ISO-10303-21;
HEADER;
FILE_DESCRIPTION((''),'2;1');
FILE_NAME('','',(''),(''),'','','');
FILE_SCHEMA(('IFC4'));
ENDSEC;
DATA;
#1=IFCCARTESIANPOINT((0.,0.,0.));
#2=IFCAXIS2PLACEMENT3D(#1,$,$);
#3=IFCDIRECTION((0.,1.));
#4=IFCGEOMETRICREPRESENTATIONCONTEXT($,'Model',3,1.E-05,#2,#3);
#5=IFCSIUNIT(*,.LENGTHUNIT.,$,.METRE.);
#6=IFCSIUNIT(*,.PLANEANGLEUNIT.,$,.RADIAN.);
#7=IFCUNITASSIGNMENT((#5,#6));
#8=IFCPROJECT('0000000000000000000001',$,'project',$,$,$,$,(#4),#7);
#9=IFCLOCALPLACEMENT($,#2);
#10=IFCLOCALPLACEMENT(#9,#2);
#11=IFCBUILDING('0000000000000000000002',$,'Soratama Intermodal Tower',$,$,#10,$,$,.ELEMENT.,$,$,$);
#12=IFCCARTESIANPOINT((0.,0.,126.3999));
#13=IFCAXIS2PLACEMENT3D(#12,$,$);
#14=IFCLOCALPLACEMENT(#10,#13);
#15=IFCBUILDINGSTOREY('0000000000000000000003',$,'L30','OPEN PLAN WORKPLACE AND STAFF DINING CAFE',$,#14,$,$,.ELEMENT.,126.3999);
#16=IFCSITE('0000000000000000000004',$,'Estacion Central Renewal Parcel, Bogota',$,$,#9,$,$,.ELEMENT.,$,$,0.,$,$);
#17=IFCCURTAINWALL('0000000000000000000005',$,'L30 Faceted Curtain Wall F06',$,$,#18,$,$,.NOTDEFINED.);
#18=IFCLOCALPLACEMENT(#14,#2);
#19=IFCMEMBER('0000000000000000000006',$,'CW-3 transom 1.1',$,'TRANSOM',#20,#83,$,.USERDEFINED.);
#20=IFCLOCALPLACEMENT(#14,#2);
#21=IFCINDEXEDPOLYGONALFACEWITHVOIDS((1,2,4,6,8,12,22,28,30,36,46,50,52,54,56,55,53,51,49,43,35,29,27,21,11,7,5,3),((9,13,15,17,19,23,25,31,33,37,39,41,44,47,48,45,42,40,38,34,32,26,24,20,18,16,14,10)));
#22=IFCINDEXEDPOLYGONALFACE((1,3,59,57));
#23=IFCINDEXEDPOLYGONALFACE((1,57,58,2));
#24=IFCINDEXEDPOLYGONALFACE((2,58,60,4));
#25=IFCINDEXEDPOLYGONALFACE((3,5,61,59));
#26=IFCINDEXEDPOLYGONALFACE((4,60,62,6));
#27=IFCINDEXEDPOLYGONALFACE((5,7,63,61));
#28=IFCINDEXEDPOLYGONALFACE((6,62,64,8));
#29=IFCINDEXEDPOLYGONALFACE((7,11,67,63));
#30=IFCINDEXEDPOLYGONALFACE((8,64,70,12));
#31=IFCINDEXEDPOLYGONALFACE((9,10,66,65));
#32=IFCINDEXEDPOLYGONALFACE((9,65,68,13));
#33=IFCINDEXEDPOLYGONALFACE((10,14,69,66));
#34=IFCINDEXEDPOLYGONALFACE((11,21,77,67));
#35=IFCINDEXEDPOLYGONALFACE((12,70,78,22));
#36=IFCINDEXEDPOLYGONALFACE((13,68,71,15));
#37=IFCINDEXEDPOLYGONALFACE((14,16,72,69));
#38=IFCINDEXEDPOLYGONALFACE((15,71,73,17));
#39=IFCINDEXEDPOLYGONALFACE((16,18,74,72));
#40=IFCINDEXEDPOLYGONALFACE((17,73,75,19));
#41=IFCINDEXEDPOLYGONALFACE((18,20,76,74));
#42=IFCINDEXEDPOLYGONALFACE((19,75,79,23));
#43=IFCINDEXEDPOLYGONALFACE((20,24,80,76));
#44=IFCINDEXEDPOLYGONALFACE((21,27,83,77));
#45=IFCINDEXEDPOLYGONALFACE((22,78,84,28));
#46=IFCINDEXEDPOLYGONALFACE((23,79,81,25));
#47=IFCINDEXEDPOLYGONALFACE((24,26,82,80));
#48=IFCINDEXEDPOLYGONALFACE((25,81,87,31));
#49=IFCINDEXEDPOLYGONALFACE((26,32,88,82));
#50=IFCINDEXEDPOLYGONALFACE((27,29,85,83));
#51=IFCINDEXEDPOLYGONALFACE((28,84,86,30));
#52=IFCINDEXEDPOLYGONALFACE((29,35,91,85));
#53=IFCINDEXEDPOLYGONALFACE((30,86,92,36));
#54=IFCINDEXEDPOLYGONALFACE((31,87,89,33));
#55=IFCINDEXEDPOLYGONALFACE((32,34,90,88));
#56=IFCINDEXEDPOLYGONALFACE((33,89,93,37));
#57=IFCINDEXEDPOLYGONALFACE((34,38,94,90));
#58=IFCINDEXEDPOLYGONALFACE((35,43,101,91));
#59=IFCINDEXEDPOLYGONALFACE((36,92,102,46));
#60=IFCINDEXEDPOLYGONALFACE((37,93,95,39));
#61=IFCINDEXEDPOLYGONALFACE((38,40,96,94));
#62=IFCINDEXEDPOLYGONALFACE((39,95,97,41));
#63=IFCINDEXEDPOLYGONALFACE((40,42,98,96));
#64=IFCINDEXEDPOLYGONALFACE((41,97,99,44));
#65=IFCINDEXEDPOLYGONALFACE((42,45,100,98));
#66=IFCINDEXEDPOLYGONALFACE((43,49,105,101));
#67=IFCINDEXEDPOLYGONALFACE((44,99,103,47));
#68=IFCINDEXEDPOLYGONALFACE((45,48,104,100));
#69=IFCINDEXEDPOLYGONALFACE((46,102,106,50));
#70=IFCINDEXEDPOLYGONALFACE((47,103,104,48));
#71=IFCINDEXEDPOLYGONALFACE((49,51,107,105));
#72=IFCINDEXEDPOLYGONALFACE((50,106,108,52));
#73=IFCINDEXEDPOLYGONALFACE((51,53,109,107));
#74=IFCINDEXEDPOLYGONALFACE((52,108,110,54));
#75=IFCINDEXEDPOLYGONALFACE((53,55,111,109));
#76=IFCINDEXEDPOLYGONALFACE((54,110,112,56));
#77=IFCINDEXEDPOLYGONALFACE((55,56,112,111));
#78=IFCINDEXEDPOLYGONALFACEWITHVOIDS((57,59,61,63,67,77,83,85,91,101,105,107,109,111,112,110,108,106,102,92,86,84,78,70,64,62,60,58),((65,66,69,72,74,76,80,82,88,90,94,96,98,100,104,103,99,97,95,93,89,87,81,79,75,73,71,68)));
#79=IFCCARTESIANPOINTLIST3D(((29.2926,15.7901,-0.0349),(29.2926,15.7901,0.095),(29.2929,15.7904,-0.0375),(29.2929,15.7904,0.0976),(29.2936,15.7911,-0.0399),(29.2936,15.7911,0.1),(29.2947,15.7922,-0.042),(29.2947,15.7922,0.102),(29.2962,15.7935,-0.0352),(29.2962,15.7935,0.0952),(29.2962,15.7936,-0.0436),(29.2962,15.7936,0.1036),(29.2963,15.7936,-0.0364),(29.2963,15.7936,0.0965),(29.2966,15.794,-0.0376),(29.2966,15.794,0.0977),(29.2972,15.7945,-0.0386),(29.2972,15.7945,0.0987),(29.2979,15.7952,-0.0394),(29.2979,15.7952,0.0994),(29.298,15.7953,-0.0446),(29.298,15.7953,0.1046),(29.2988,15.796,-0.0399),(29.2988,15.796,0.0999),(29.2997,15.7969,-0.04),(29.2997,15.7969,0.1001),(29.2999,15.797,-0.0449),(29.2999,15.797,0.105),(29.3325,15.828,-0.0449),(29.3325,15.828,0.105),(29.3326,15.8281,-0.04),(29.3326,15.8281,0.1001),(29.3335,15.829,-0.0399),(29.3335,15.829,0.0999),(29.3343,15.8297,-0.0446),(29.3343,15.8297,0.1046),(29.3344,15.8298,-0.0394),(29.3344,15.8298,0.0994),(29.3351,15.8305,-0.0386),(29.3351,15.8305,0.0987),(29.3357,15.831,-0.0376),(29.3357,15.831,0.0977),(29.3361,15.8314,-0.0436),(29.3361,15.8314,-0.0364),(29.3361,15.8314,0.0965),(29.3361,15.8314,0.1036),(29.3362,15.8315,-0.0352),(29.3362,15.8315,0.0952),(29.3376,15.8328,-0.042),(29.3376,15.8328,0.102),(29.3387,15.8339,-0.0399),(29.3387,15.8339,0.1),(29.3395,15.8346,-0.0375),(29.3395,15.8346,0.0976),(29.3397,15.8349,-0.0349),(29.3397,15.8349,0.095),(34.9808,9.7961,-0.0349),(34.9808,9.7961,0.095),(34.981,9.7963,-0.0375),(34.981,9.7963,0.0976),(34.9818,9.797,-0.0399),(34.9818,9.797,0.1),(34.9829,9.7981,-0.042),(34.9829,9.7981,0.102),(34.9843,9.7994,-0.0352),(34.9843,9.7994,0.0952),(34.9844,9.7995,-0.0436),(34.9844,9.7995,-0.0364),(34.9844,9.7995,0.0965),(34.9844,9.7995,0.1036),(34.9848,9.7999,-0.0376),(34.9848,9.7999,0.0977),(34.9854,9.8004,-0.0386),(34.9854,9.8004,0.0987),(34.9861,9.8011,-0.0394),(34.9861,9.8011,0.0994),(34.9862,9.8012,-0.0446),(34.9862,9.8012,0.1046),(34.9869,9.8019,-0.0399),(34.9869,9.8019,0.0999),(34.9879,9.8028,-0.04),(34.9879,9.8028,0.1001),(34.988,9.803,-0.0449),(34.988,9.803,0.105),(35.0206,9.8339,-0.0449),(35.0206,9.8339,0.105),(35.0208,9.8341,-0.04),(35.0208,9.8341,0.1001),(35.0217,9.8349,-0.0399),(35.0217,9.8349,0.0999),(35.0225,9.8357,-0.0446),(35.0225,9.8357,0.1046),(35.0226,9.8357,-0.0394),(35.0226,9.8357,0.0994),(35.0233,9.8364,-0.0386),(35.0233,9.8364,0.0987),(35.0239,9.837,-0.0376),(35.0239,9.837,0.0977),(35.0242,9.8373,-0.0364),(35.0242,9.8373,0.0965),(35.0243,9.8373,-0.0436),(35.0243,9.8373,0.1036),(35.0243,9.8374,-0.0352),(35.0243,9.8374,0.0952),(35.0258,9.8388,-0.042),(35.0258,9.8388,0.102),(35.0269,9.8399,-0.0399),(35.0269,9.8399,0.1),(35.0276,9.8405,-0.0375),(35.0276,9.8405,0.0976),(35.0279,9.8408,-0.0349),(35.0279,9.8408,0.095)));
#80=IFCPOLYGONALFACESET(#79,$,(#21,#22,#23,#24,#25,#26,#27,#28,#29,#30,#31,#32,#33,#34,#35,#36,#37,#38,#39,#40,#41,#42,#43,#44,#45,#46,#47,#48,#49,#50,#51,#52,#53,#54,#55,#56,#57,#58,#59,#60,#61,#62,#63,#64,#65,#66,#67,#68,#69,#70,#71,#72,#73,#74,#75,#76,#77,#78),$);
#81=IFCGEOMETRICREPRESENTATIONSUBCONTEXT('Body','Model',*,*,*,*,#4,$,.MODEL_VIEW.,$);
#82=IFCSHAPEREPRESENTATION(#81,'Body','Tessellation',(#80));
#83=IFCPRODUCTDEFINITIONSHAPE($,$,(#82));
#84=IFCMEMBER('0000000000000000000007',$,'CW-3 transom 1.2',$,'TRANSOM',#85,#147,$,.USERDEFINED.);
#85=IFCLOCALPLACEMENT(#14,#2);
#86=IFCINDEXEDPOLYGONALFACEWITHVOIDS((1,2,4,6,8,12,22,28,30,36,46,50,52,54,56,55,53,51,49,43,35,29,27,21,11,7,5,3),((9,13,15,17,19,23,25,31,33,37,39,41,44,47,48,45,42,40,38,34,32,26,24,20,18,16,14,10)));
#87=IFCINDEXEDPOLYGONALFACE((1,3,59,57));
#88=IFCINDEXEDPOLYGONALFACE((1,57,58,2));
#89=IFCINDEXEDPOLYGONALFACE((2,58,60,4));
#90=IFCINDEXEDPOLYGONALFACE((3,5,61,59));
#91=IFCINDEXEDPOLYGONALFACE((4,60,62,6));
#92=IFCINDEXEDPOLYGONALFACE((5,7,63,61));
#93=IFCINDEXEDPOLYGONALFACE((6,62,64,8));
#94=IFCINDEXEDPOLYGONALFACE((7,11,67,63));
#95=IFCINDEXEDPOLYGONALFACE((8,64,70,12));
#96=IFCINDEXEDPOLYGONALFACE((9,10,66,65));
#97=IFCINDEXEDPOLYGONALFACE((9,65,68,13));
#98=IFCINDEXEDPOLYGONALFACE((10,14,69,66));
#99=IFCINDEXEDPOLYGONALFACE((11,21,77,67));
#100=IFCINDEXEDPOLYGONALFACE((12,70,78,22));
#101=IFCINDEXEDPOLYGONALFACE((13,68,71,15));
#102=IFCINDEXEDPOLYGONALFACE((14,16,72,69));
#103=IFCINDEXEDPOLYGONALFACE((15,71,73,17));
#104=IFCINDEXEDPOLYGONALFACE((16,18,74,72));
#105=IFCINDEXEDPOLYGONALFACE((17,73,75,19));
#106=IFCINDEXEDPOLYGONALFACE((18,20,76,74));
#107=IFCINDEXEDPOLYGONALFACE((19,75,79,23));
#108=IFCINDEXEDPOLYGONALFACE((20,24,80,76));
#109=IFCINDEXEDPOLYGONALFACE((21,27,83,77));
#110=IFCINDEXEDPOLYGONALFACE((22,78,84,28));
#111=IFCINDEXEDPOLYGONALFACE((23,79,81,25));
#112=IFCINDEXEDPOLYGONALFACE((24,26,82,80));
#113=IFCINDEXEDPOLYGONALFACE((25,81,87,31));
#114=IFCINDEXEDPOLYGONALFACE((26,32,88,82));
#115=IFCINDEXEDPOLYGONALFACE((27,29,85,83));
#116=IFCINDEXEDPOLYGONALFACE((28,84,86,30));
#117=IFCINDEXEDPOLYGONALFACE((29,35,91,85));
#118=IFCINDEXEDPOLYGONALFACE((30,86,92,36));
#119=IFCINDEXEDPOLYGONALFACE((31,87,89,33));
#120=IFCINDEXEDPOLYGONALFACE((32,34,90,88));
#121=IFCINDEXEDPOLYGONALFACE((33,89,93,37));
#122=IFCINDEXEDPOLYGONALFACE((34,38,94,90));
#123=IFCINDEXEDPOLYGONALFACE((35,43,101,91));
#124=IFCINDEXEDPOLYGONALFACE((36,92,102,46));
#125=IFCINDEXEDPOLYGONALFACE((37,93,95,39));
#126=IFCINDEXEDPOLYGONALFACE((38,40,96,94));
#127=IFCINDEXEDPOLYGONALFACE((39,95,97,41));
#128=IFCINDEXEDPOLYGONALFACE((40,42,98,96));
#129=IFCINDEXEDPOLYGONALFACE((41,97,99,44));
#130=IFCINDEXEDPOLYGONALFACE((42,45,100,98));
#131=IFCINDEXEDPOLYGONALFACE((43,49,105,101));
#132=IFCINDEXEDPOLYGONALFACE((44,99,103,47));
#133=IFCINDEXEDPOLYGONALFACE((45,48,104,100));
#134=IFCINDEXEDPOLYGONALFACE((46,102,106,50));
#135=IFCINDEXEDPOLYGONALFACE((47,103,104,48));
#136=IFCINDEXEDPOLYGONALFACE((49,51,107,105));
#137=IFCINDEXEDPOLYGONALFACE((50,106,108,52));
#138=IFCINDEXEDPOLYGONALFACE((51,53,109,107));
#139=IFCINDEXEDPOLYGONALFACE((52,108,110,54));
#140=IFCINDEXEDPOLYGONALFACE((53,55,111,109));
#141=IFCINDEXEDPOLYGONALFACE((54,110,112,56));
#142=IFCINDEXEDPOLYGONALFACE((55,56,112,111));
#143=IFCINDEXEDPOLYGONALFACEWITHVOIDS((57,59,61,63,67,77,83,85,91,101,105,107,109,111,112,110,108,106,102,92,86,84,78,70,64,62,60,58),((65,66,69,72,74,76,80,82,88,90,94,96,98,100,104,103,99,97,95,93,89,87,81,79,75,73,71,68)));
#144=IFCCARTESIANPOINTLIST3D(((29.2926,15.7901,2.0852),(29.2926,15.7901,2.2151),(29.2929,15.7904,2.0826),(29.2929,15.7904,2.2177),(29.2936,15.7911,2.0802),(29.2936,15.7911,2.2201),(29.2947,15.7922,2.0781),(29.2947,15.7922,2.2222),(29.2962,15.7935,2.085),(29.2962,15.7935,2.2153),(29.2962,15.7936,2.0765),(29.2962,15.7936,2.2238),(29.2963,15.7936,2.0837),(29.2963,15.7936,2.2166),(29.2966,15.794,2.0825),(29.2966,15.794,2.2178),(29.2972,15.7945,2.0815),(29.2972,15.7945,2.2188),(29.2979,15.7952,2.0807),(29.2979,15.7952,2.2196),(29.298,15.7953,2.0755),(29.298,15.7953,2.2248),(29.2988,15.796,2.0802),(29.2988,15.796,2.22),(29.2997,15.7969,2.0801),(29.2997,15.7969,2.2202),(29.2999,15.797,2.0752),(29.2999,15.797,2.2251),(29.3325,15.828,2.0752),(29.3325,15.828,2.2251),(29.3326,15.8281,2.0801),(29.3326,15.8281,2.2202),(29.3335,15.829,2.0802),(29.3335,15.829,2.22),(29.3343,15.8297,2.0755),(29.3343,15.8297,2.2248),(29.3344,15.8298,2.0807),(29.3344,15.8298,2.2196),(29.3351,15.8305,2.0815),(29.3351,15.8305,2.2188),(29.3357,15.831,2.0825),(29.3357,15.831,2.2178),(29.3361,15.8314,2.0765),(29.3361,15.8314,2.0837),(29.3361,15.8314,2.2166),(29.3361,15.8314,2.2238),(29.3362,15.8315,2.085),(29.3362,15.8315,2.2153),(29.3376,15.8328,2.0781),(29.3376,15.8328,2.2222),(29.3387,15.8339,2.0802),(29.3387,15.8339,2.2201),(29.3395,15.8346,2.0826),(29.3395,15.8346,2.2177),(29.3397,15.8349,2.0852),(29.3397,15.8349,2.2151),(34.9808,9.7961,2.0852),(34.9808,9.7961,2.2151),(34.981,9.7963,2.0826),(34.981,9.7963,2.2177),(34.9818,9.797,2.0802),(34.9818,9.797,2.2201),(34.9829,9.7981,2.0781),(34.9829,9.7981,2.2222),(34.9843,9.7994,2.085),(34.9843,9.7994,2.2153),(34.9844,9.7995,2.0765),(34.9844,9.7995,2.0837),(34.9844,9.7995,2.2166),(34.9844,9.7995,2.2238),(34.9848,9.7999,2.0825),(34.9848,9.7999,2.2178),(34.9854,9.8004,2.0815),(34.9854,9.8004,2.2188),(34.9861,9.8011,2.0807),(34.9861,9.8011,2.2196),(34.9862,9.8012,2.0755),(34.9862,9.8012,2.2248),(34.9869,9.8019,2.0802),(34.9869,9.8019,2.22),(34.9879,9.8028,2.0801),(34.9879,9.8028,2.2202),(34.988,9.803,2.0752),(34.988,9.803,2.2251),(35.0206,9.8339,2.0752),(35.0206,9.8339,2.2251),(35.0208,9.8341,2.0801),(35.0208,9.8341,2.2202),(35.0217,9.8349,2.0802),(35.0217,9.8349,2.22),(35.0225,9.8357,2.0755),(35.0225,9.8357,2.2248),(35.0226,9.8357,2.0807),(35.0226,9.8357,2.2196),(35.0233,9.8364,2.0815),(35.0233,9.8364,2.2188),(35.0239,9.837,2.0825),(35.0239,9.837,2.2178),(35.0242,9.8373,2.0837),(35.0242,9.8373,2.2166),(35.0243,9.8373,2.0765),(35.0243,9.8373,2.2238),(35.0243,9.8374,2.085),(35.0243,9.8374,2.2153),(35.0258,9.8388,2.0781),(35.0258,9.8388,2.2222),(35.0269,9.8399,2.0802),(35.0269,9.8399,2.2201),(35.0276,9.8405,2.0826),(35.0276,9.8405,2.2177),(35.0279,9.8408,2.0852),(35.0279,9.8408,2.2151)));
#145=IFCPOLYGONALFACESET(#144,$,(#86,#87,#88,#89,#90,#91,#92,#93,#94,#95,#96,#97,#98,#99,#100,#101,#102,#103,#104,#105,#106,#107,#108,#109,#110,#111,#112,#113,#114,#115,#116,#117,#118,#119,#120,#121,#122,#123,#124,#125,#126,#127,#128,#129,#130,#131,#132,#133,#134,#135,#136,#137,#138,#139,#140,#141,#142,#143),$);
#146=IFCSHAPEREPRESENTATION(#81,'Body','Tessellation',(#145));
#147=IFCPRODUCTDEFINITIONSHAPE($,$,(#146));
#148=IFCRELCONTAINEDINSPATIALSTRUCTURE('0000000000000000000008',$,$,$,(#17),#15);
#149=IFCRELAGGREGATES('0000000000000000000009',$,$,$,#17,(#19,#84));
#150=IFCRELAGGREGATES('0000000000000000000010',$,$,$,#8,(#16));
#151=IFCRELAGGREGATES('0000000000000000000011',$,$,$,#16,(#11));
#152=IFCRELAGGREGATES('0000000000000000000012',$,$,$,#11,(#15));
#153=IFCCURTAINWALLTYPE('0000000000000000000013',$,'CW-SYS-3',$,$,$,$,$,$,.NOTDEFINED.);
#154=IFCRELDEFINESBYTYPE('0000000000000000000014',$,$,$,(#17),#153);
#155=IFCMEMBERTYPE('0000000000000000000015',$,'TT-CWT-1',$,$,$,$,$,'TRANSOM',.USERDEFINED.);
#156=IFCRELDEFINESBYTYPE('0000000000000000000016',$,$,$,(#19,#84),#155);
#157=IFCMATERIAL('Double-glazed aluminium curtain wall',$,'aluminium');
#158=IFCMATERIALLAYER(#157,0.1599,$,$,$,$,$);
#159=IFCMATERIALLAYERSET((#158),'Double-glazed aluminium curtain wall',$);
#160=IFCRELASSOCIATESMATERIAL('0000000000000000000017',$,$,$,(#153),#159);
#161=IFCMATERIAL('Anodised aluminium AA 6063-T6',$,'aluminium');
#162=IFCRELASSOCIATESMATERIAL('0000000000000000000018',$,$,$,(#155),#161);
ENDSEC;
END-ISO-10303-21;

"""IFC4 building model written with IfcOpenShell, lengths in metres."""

from ifc_helpers import new_model, si_unit, direction, frame, origin, origin_2d, place, context, subcontext, project, spatial, hollow_rectangle, extrude, material, layer, layer_set, material_profile, profile_set, type_object, element, aggregate, save


model = new_model("IFC4")

# Units and contexts
model_context = context("Model", 3, precision=1e-05, world=origin(), true_north=direction((0.0, 1.0)))
body_context = subcontext(model_context, "Body", "Model", "MODEL_VIEW")
ifc_project = project(units=[si_unit("LENGTHUNIT", "METRE"), si_unit("PLANEANGLEUNIT", "RADIAN")], contexts=[model_context])

# Site, building, storey
site_placement = place(None, origin())
site = spatial("IfcSite", under=ifc_project, at=site_placement, Name="Estacion Central Renewal Parcel, Bogota", CompositionType="ELEMENT", RefElevation=0.0)
building_placement = place(site_placement, origin())
building = spatial("IfcBuilding", under=site, at=building_placement, Name="Soratama Intermodal Tower", CompositionType="ELEMENT")
storey_placement = place(building_placement, frame((0.0, 0.0, 126.3999)))
storey = spatial("IfcBuildingStorey", under=building, at=storey_placement, Name="L30", Description="OPEN PLAN WORKPLACE AND STAFF DINING CAFE", CompositionType="ELEMENT", Elevation=126.3999)

# Curtain wall, members
ifc_material_1 = material(Name="Double-glazed aluminium curtain wall", Category="aluminium")
ifc_layer_1 = layer(ifc_material_1, 0.1599)
ifc_layer_set_1 = layer_set([ifc_layer_1], Name="Double-glazed aluminium curtain wall")
curtain_wall_type = type_object("IfcCurtainWallType", Name="CW-SYS-3", PredefinedType="NOTDEFINED", material=ifc_layer_set_1)
curtain_wall_placement = place(storey_placement, origin())
curtain_wall = element("IfcCurtainWall", 1, at=curtain_wall_placement, inside=storey, type_object=curtain_wall_type, Name="L30 Faceted Curtain Wall F06", PredefinedType="NOTDEFINED")
ifc_material_2 = material(Name="Anodised aluminium AA 6063-T6", Category="aluminium")
ifc_material_profile_1 = material_profile(ifc_material_2, hollow_rectangle(XDim=0.0649, YDim=0.1499, WallThickness=0.0049, InnerFilletRadius=0.0049, OuterFilletRadius=0.01, at=origin_2d()), Name="CWT150X65X5")
ifc_profile_set_1 = profile_set([ifc_material_profile_1], Name="Anodised aluminium AA 6063-T6")
member_type_1 = type_object("IfcMemberType", Name="TT-CWT-1", ElementType="TRANSOM", PredefinedType="USERDEFINED", material=ifc_profile_set_1)
member_1_placement = place(storey_placement, frame((29.3162, 15.8125, 0.03), z_axis=(0.688355, -0.725374, 0.0), x_axis=(0.725374, 0.688355, 0.0)))
member_1 = element("IfcMember", 2, at=member_1_placement, type_object=member_type_1, Name="CW-3 transom 1.1", ObjectType="TRANSOM", PredefinedType="USERDEFINED", context=body_context, shape_type="SweptSolid", body=[
    extrude(hollow_rectangle(XDim=0.0649, YDim=0.1499, WallThickness=0.0049, InnerFilletRadius=0.0049, OuterFilletRadius=0.01, at=origin_2d()), origin(), (0.0, 0.0, 1.0), 8.2634),
])
member_2_placement = place(storey_placement, frame((29.3162, 15.8125, 2.1501), z_axis=(0.688355, -0.725374, 0.0), x_axis=(0.725374, 0.688355, 0.0)))
member_2 = element("IfcMember", 3, at=member_2_placement, type_object=member_type_1, Name="CW-3 transom 1.2", ObjectType="TRANSOM", PredefinedType="USERDEFINED", context=body_context, shape_type="SweptSolid", body=[
    extrude(hollow_rectangle(XDim=0.0649, YDim=0.1499, WallThickness=0.0049, InnerFilletRadius=0.0049, OuterFilletRadius=0.01, at=origin_2d()), origin(), (0.0, 0.0, 1.0), 8.2634),
])
aggregate(curtain_wall, [member_1, member_2])

save(model, "model.ifc")
